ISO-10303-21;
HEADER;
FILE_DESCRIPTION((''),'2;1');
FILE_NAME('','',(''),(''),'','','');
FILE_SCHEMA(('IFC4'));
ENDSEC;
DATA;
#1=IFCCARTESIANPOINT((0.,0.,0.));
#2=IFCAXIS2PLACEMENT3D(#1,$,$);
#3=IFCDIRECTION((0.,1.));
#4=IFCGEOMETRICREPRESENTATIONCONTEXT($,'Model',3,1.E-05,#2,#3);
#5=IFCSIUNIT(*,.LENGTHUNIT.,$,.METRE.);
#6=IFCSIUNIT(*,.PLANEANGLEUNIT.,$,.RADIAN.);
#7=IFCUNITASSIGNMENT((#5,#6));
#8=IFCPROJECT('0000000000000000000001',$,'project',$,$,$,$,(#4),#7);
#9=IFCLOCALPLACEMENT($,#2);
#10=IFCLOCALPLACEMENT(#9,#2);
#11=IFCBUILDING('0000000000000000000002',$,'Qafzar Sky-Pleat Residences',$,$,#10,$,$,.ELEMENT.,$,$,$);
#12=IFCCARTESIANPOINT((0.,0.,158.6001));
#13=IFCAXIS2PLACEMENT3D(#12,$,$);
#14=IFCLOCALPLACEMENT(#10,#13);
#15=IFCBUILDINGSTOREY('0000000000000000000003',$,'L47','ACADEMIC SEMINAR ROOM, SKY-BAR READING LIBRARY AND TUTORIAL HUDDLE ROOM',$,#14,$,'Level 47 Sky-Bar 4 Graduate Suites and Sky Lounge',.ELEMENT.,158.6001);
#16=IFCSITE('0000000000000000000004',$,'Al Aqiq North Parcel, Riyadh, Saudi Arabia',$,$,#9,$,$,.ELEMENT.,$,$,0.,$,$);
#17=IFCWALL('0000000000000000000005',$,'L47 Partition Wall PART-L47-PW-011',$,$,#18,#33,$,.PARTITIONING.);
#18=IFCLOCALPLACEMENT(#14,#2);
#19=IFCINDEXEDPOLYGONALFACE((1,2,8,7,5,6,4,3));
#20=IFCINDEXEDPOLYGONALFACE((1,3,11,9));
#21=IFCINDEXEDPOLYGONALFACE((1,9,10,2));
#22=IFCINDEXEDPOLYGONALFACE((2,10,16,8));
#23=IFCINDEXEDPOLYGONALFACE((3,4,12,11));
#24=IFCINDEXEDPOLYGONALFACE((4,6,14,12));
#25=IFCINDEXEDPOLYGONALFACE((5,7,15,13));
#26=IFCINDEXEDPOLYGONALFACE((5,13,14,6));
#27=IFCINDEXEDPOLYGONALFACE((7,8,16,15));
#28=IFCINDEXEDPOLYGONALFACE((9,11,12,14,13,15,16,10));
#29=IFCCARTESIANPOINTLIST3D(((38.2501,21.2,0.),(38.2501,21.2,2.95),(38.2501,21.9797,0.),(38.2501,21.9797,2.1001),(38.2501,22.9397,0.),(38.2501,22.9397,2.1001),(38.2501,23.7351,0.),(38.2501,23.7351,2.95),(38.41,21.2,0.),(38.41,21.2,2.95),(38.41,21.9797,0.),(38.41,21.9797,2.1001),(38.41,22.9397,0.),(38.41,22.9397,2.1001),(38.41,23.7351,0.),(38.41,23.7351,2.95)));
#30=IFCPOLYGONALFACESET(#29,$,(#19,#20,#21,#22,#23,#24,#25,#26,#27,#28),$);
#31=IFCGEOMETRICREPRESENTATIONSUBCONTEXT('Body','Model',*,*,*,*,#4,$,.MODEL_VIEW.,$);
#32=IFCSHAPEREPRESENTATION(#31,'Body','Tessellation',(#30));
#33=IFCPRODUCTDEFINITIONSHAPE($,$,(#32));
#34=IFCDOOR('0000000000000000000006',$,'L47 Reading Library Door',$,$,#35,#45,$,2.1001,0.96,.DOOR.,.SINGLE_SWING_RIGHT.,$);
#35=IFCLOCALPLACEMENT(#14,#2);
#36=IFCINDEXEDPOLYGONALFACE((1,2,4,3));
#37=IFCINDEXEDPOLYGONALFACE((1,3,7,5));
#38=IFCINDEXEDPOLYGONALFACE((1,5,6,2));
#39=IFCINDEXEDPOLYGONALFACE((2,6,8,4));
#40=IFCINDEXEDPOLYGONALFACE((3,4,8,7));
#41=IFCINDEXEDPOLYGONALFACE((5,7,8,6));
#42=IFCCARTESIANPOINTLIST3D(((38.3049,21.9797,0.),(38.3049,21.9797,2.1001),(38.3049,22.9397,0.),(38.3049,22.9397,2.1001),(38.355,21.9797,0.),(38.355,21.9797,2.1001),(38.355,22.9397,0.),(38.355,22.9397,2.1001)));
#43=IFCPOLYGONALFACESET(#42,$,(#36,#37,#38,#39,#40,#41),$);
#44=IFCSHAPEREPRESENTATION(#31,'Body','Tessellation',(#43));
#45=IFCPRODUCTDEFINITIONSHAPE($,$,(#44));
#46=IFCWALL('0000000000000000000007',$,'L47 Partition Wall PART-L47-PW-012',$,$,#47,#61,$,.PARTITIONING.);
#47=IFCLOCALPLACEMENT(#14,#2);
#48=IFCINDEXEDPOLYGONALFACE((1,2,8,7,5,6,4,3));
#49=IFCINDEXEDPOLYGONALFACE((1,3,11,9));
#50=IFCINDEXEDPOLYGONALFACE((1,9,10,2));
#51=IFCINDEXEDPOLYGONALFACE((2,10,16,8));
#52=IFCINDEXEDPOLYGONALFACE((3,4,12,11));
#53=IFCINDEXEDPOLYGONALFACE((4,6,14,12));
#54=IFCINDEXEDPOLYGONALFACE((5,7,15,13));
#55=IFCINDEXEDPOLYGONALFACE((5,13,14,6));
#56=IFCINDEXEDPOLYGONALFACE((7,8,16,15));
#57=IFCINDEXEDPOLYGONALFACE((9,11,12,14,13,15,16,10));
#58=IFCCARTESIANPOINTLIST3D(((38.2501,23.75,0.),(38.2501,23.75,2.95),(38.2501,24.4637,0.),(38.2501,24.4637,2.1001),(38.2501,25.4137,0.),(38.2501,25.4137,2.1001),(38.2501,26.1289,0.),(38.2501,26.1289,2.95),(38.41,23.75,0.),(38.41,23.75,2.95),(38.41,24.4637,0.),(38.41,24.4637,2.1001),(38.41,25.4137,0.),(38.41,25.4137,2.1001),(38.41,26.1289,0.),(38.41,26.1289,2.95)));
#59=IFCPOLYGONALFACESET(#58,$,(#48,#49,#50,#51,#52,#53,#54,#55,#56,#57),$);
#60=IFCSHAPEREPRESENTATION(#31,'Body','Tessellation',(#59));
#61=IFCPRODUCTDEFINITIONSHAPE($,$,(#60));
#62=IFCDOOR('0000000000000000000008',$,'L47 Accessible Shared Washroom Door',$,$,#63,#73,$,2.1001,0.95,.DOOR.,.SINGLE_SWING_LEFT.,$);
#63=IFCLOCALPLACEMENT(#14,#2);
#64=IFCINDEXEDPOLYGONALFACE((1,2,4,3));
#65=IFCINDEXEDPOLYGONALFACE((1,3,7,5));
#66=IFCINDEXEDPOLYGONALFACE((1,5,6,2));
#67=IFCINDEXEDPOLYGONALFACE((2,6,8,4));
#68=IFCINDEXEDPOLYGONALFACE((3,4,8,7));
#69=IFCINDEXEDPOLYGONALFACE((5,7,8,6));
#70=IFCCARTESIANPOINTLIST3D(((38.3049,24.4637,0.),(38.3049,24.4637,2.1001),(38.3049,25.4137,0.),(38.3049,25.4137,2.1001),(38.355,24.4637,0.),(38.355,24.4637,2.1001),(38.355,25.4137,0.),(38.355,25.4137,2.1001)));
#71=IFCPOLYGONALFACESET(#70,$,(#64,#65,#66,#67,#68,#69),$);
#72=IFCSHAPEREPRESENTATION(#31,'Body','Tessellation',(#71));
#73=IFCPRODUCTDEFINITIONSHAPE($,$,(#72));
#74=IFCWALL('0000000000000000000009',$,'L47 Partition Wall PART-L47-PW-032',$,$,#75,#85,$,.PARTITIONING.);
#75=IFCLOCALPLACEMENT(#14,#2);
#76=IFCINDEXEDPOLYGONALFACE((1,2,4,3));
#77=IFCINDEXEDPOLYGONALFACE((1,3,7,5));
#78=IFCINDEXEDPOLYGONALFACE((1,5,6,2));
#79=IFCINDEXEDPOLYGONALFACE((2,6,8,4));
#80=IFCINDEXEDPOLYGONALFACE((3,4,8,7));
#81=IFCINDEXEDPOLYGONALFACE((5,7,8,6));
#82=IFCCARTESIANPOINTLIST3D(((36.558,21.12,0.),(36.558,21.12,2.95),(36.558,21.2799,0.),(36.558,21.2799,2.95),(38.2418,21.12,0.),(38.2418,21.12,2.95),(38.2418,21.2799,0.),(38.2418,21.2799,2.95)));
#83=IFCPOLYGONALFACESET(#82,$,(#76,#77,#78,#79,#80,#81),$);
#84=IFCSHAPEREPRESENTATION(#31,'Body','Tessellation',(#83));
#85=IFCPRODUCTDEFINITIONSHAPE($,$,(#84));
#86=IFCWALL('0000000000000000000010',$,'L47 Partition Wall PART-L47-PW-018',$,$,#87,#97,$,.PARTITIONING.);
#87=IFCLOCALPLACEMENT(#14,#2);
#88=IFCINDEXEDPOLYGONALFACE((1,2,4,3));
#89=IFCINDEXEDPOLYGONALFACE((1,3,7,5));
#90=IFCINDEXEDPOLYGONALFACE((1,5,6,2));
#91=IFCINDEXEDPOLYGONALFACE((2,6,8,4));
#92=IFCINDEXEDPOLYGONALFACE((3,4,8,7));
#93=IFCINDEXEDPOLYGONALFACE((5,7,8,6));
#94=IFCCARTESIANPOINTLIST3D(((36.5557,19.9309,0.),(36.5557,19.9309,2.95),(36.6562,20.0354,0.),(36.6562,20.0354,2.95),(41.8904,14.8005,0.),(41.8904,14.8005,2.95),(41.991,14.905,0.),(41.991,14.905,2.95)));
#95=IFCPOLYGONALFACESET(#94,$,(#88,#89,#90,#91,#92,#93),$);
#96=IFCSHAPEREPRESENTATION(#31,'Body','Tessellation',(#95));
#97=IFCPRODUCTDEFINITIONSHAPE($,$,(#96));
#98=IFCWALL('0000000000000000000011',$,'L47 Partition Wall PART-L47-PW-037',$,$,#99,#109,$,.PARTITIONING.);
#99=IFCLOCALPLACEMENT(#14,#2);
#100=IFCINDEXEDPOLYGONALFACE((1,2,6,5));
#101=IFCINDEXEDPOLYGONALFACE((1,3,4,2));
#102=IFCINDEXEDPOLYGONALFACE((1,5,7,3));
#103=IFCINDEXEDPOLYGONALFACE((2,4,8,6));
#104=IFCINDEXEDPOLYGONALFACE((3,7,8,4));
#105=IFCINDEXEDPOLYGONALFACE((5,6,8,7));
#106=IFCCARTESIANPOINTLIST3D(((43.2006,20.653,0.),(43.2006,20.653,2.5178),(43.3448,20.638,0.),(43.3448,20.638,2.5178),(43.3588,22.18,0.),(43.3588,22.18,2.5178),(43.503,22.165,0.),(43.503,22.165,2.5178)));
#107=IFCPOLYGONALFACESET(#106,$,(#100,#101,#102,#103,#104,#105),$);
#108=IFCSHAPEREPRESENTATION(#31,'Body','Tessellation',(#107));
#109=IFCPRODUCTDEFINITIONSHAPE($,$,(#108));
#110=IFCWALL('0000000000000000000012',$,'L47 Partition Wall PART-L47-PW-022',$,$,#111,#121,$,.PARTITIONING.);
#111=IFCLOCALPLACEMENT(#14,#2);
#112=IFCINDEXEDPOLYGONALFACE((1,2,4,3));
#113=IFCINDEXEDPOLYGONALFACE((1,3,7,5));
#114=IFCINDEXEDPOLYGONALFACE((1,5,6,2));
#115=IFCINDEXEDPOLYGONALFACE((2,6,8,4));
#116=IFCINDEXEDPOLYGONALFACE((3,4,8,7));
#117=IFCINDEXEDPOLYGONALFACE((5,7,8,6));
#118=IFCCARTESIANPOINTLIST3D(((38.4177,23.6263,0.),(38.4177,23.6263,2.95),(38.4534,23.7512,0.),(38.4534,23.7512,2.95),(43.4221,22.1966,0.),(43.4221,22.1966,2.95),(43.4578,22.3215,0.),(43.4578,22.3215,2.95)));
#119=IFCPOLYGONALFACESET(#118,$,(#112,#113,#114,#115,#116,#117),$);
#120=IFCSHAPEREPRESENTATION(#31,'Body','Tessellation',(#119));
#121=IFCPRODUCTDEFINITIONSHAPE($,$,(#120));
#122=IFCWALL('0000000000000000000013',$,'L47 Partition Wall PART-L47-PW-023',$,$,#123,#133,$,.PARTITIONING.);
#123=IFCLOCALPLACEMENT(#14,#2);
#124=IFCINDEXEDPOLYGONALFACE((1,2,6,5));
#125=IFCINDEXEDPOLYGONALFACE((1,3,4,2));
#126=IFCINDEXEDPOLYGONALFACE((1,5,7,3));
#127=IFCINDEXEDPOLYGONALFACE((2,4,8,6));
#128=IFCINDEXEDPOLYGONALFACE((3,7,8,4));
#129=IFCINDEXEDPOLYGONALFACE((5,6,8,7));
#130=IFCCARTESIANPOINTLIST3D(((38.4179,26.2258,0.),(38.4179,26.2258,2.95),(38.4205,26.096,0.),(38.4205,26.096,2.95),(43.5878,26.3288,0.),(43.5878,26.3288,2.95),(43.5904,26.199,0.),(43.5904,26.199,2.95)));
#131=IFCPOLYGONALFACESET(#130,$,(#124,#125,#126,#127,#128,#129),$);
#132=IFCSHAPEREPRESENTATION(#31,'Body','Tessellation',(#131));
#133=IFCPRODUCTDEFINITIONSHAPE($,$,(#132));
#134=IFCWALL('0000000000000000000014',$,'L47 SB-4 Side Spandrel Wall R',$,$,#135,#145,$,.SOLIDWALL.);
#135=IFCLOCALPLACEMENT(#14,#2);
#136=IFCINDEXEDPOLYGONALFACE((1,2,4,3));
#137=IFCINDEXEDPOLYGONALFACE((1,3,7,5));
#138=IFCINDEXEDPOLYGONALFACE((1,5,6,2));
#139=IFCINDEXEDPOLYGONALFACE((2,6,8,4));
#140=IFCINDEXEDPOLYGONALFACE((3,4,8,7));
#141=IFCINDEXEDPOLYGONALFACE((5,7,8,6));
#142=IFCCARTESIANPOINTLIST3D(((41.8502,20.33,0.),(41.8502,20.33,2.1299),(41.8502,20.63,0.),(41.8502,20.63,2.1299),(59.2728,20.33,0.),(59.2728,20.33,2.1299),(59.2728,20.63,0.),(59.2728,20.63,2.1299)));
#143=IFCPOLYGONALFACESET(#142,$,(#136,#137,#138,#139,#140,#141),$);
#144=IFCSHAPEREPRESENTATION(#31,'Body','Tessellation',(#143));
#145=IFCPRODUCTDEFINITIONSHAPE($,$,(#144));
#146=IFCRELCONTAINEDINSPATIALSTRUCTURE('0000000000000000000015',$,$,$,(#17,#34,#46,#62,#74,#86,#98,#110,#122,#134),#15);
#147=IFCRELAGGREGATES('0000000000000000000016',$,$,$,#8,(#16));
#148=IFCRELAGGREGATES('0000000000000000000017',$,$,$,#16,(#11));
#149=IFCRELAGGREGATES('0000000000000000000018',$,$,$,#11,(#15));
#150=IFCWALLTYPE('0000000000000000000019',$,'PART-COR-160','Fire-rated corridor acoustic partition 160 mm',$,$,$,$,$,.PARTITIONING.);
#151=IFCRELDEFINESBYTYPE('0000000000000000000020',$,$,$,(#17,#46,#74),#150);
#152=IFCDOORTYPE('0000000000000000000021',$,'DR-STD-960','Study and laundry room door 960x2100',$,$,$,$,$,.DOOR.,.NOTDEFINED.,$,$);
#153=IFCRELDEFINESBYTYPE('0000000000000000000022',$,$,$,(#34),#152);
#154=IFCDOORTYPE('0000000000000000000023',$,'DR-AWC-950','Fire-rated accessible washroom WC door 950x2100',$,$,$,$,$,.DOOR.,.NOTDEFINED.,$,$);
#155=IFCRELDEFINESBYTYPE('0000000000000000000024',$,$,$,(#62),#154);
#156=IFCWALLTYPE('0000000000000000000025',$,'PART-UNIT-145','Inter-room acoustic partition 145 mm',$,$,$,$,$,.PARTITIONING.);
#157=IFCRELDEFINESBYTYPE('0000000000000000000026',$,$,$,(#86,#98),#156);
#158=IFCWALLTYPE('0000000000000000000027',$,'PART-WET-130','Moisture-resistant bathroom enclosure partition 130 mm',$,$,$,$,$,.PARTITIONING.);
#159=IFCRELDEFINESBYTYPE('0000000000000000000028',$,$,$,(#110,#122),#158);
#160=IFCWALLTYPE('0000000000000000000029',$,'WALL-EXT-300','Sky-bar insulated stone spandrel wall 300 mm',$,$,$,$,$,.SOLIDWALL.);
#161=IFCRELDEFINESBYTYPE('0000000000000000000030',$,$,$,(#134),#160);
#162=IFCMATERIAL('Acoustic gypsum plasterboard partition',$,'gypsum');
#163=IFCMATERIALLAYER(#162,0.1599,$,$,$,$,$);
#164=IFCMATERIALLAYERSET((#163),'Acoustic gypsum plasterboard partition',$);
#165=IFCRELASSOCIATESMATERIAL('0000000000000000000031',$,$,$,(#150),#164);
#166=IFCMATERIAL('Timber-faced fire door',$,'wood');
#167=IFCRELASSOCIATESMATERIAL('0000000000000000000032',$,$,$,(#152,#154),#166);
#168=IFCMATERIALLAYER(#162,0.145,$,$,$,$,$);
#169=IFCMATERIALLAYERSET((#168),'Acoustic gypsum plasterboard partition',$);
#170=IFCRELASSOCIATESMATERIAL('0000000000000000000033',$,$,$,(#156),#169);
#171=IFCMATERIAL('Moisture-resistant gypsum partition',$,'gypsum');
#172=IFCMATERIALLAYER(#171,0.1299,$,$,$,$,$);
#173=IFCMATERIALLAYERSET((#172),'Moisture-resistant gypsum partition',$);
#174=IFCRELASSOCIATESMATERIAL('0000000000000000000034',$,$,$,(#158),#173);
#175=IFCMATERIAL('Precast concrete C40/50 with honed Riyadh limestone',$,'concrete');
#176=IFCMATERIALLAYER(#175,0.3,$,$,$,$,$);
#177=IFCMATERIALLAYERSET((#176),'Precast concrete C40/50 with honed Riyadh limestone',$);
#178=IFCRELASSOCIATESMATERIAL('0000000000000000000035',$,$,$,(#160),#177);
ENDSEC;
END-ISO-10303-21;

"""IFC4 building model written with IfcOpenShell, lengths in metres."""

from ifc_helpers import new_model, si_unit, direction, frame, frame_2d, origin, place, context, subcontext, project, spatial, rectangle, extrude, source, transform, mapped, material, layer, layer_set, type_object, element, fill, save


model = new_model("IFC4")

# Units and contexts
model_context = context("Model", 3, precision=1e-05, world=origin(), true_north=direction((0.0, 1.0)))
body_context = subcontext(model_context, "Body", "Model", "MODEL_VIEW")
ifc_project = project(units=[si_unit("LENGTHUNIT", "METRE"), si_unit("PLANEANGLEUNIT", "RADIAN")], contexts=[model_context])

# Site, building, storey
site_placement = place(None, origin())
site = spatial("IfcSite", under=ifc_project, at=site_placement, Name="Al Aqiq North Parcel, Riyadh, Saudi Arabia", CompositionType="ELEMENT", RefElevation=0.0)
building_placement = place(site_placement, origin())
building = spatial("IfcBuilding", under=site, at=building_placement, Name="Qafzar Sky-Pleat Residences", CompositionType="ELEMENT")
storey_placement = place(building_placement, frame((0.0, 0.0, 158.6001)))
storey = spatial("IfcBuildingStorey", under=building, at=storey_placement, Name="L47", Description="ACADEMIC SEMINAR ROOM, SKY-BAR READING LIBRARY AND TUTORIAL HUDDLE ROOM", LongName="Level 47 Sky-Bar 4 Graduate Suites and Sky Lounge", CompositionType="ELEMENT", Elevation=158.6001)

# Walls, openings, doors
ifc_material_1 = material(Name="Acoustic gypsum plasterboard partition", Category="gypsum")
ifc_layer_1 = layer(ifc_material_1, 0.1599)
ifc_layer_set_1 = layer_set([ifc_layer_1], Name="Acoustic gypsum plasterboard partition")
wall_type_1 = type_object("IfcWallType", Name="PART-COR-160", Description="Fire-rated corridor acoustic partition 160 mm", PredefinedType="PARTITIONING", material=ifc_layer_set_1)
wall_1_placement = place(storey_placement, frame((38.3301, 23.7351, 0.0), z_axis=(0.0, 0.0, 1.0), x_axis=(0.0, -1.0, 0.0)))
wall_1 = element("IfcWall", 1, at=wall_1_placement, inside=storey, type_object=wall_type_1, Name="L47 Partition Wall PART-L47-PW-011", PredefinedType="PARTITIONING", context=body_context, shape_type="SweptSolid", body=[
    extrude(rectangle(XDim=2.5352, YDim=0.1599, at=frame_2d((1.2676, 0.0))), origin(), (0.0, 0.0, 1.0), 2.95),
])
opening_1_placement = place(wall_1_placement, frame((0.7954, 0.0, 0.0)))
opening_1 = element("IfcOpeningElement", 2, at=opening_1_placement, cuts=wall_1, PredefinedType="OPENING", context=body_context, shape_type="SweptSolid", body=[
    extrude(rectangle(XDim=0.96, YDim=2.1001, at=frame_2d((0.48, 1.05))), frame((0.0, 0.0898, 0.0), z_axis=(0.0, -1.0, 0.0), x_axis=(1.0, 0.0, 0.0)), (0.0, 0.0, 1.0), 0.1799),
])
ifc_material_2 = material(Name="Timber-faced fire door", Category="wood")
door_type_1 = type_object("IfcDoorType", Name="DR-STD-960", Description="Study and laundry room door 960x2100", OperationType="NOTDEFINED", PredefinedType="DOOR", material=ifc_material_2)
shared_shape_1 = source(origin(), body_context, "Body", "SweptSolid", [
    extrude(rectangle(XDim=0.96, YDim=2.1001, at=frame_2d((0.48, 1.05))), frame((0.0, 0.0249, 0.0), z_axis=(0.0, -1.0, 0.0), x_axis=(1.0, 0.0, 0.0)), (0.0, 0.0, 1.0), 0.05),
])
door_1_placement = place(opening_1_placement, origin())
door_1 = element("IfcDoor", 3, at=door_1_placement, inside=storey, type_object=door_type_1, Name="L47 Reading Library Door", OperationType="SINGLE_SWING_RIGHT", OverallHeight=2.1001, OverallWidth=0.96, PredefinedType="DOOR", context=body_context, shape_type="MappedRepresentation", body=[
    mapped(shared_shape_1, transform((0.0, 0.0, 0.0), x_axis=(1.0, 0.0, 0.0), y_axis=(0.0, 1.0, 0.0), z_axis=(0.0, 0.0, 1.0), scale=1.0)),
])
fill(opening_1, door_1)
wall_2_placement = place(storey_placement, frame((38.3301, 26.1289, 0.0), z_axis=(0.0, 0.0, 1.0), x_axis=(0.0, -1.0, 0.0)))
wall_2 = element("IfcWall", 4, at=wall_2_placement, inside=storey, type_object=wall_type_1, Name="L47 Partition Wall PART-L47-PW-012", PredefinedType="PARTITIONING", context=body_context, shape_type="SweptSolid", body=[
    extrude(rectangle(XDim=2.3789, YDim=0.1599, at=frame_2d((1.1895, 0.0))), origin(), (0.0, 0.0, 1.0), 2.95),
])
opening_2_placement = place(wall_2_placement, frame((0.7151, 0.0, 0.0)))
opening_2 = element("IfcOpeningElement", 5, at=opening_2_placement, cuts=wall_2, PredefinedType="OPENING", context=body_context, shape_type="SweptSolid", body=[
    extrude(rectangle(XDim=0.95, YDim=2.1001, at=frame_2d((0.4751, 1.05))), frame((0.0, 0.0898, 0.0), z_axis=(0.0, -1.0, 0.0), x_axis=(1.0, 0.0, 0.0)), (0.0, 0.0, 1.0), 0.1799),
])
door_type_2 = type_object("IfcDoorType", Name="DR-AWC-950", Description="Fire-rated accessible washroom WC door 950x2100", OperationType="NOTDEFINED", PredefinedType="DOOR", material=ifc_material_2)
shared_shape_2 = source(origin(), body_context, "Body", "SweptSolid", [
    extrude(rectangle(XDim=0.95, YDim=2.1001, at=frame_2d((0.4751, 1.05))), frame((0.0, 0.0249, 0.0), z_axis=(0.0, -1.0, 0.0), x_axis=(1.0, 0.0, 0.0)), (0.0, 0.0, 1.0), 0.05),
])
door_2_placement = place(opening_2_placement, origin())
door_2 = element("IfcDoor", 6, at=door_2_placement, inside=storey, type_object=door_type_2, Name="L47 Accessible Shared Washroom Door", OperationType="SINGLE_SWING_LEFT", OverallHeight=2.1001, OverallWidth=0.95, PredefinedType="DOOR", context=body_context, shape_type="MappedRepresentation", body=[
    mapped(shared_shape_2, transform((0.0, 0.0, 0.0), x_axis=(1.0, 0.0, 0.0), y_axis=(0.0, 1.0, 0.0), z_axis=(0.0, 0.0, 1.0), scale=1.0)),
])
fill(opening_2, door_2)

# Wall
wall_3_placement = place(storey_placement, frame((36.5581, 21.2, 0.0), z_axis=(0.0, 0.0, 1.0), x_axis=(1.0, 0.0, 0.0)))
element("IfcWall", 7, at=wall_3_placement, inside=storey, type_object=wall_type_1, Name="L47 Partition Wall PART-L47-PW-032", PredefinedType="PARTITIONING", context=body_context, shape_type="SweptSolid", body=[
    extrude(rectangle(XDim=1.6838, YDim=0.1599, at=frame_2d((0.8418, 0.0))), origin(), (0.0, 0.0, 1.0), 2.95),
])

# Walls
ifc_layer_2 = layer(ifc_material_1, 0.145)
ifc_layer_set_2 = layer_set([ifc_layer_2], Name="Acoustic gypsum plasterboard partition")
wall_type_2 = type_object("IfcWallType", Name="PART-UNIT-145", Description="Inter-room acoustic partition 145 mm", PredefinedType="PARTITIONING", material=ifc_layer_set_2)
wall_4_placement = place(storey_placement, frame((36.606, 19.9832, 0.0), z_axis=(0.0, 0.0, 1.0), x_axis=(0.720777, -0.693167, 0.0)))
element("IfcWall", 8, at=wall_4_placement, inside=storey, type_object=wall_type_2, Name="L47 Partition Wall PART-L47-PW-018", PredefinedType="PARTITIONING", context=body_context, shape_type="SweptSolid", body=[
    extrude(rectangle(XDim=7.4014, YDim=0.145, at=frame_2d((3.7007, 0.0))), origin(), (0.0, 0.0, 1.0), 2.95),
])
wall_5_placement = place(storey_placement, frame((43.2727, 20.6455, 0.0), z_axis=(0.0, 0.0, 1.0), x_axis=(0.103046, 0.994677, 0.0)))
element("IfcWall", 9, at=wall_5_placement, inside=storey, type_object=wall_type_2, Name="L47 Partition Wall PART-L47-PW-037", PredefinedType="PARTITIONING", context=body_context, shape_type="SweptSolid", body=[
    extrude(rectangle(XDim=1.5352, YDim=0.145, at=frame_2d((0.7676, 0.0))), origin(), (0.0, 0.0, 1.0), 2.5178),
])
ifc_material_3 = material(Name="Moisture-resistant gypsum partition", Category="gypsum")
ifc_layer_3 = layer(ifc_material_3, 0.1299)
ifc_layer_set_3 = layer_set([ifc_layer_3], Name="Moisture-resistant gypsum partition")
wall_type_3 = type_object("IfcWallType", Name="PART-WET-130", Description="Moisture-resistant bathroom enclosure partition 130 mm", PredefinedType="PARTITIONING", material=ifc_layer_set_3)
wall_6_placement = place(storey_placement, frame((38.4355, 23.6887, 0.0), z_axis=(0.0, 0.0, 1.0), x_axis=(0.961531, -0.274696, 0.0)))
element("IfcWall", 10, at=wall_6_placement, inside=storey, type_object=wall_type_3, Name="L47 Partition Wall PART-L47-PW-022", PredefinedType="PARTITIONING", context=body_context, shape_type="SweptSolid", body=[
    extrude(rectangle(XDim=5.2046, YDim=0.1299, at=frame_2d((2.6023, 0.0))), origin(), (0.0, 0.0, 1.0), 2.95),
])
wall_7_placement = place(storey_placement, frame((38.4192, 26.1609, 0.0), z_axis=(0.0, 0.0, 1.0), x_axis=(0.999801, 0.019924, 0.0)))
element("IfcWall", 11, at=wall_7_placement, inside=storey, type_object=wall_type_3, Name="L47 Partition Wall PART-L47-PW-023", PredefinedType="PARTITIONING", context=body_context, shape_type="SweptSolid", body=[
    extrude(rectangle(XDim=5.1709, YDim=0.1299, at=frame_2d((2.5854, 0.0))), origin(), (0.0, 0.0, 1.0), 2.95),
])
ifc_material_4 = material(Name="Precast concrete C40/50 with honed Riyadh limestone", Category="concrete")
ifc_layer_4 = layer(ifc_material_4, 0.3)
ifc_layer_set_4 = layer_set([ifc_layer_4], Name="Precast concrete C40/50 with honed Riyadh limestone")
wall_type_4 = type_object("IfcWallType", Name="WALL-EXT-300", Description="Sky-bar insulated stone spandrel wall 300 mm", PredefinedType="SOLIDWALL", material=ifc_layer_set_4)
wall_8_placement = place(storey_placement, frame((41.8501, 20.48, 0.0), z_axis=(0.0, 0.0, 1.0), x_axis=(1.0, 0.0, 0.0)))
element("IfcWall", 12, at=wall_8_placement, inside=storey, type_object=wall_type_4, Name="L47 SB-4 Side Spandrel Wall R", PredefinedType="SOLIDWALL", context=body_context, shape_type="SweptSolid", body=[
    extrude(rectangle(XDim=17.4226, YDim=0.3, at=frame_2d((8.7114, 0.0))), origin(), (0.0, 0.0, 1.0), 2.1299),
])

save(model, "model.ifc")
